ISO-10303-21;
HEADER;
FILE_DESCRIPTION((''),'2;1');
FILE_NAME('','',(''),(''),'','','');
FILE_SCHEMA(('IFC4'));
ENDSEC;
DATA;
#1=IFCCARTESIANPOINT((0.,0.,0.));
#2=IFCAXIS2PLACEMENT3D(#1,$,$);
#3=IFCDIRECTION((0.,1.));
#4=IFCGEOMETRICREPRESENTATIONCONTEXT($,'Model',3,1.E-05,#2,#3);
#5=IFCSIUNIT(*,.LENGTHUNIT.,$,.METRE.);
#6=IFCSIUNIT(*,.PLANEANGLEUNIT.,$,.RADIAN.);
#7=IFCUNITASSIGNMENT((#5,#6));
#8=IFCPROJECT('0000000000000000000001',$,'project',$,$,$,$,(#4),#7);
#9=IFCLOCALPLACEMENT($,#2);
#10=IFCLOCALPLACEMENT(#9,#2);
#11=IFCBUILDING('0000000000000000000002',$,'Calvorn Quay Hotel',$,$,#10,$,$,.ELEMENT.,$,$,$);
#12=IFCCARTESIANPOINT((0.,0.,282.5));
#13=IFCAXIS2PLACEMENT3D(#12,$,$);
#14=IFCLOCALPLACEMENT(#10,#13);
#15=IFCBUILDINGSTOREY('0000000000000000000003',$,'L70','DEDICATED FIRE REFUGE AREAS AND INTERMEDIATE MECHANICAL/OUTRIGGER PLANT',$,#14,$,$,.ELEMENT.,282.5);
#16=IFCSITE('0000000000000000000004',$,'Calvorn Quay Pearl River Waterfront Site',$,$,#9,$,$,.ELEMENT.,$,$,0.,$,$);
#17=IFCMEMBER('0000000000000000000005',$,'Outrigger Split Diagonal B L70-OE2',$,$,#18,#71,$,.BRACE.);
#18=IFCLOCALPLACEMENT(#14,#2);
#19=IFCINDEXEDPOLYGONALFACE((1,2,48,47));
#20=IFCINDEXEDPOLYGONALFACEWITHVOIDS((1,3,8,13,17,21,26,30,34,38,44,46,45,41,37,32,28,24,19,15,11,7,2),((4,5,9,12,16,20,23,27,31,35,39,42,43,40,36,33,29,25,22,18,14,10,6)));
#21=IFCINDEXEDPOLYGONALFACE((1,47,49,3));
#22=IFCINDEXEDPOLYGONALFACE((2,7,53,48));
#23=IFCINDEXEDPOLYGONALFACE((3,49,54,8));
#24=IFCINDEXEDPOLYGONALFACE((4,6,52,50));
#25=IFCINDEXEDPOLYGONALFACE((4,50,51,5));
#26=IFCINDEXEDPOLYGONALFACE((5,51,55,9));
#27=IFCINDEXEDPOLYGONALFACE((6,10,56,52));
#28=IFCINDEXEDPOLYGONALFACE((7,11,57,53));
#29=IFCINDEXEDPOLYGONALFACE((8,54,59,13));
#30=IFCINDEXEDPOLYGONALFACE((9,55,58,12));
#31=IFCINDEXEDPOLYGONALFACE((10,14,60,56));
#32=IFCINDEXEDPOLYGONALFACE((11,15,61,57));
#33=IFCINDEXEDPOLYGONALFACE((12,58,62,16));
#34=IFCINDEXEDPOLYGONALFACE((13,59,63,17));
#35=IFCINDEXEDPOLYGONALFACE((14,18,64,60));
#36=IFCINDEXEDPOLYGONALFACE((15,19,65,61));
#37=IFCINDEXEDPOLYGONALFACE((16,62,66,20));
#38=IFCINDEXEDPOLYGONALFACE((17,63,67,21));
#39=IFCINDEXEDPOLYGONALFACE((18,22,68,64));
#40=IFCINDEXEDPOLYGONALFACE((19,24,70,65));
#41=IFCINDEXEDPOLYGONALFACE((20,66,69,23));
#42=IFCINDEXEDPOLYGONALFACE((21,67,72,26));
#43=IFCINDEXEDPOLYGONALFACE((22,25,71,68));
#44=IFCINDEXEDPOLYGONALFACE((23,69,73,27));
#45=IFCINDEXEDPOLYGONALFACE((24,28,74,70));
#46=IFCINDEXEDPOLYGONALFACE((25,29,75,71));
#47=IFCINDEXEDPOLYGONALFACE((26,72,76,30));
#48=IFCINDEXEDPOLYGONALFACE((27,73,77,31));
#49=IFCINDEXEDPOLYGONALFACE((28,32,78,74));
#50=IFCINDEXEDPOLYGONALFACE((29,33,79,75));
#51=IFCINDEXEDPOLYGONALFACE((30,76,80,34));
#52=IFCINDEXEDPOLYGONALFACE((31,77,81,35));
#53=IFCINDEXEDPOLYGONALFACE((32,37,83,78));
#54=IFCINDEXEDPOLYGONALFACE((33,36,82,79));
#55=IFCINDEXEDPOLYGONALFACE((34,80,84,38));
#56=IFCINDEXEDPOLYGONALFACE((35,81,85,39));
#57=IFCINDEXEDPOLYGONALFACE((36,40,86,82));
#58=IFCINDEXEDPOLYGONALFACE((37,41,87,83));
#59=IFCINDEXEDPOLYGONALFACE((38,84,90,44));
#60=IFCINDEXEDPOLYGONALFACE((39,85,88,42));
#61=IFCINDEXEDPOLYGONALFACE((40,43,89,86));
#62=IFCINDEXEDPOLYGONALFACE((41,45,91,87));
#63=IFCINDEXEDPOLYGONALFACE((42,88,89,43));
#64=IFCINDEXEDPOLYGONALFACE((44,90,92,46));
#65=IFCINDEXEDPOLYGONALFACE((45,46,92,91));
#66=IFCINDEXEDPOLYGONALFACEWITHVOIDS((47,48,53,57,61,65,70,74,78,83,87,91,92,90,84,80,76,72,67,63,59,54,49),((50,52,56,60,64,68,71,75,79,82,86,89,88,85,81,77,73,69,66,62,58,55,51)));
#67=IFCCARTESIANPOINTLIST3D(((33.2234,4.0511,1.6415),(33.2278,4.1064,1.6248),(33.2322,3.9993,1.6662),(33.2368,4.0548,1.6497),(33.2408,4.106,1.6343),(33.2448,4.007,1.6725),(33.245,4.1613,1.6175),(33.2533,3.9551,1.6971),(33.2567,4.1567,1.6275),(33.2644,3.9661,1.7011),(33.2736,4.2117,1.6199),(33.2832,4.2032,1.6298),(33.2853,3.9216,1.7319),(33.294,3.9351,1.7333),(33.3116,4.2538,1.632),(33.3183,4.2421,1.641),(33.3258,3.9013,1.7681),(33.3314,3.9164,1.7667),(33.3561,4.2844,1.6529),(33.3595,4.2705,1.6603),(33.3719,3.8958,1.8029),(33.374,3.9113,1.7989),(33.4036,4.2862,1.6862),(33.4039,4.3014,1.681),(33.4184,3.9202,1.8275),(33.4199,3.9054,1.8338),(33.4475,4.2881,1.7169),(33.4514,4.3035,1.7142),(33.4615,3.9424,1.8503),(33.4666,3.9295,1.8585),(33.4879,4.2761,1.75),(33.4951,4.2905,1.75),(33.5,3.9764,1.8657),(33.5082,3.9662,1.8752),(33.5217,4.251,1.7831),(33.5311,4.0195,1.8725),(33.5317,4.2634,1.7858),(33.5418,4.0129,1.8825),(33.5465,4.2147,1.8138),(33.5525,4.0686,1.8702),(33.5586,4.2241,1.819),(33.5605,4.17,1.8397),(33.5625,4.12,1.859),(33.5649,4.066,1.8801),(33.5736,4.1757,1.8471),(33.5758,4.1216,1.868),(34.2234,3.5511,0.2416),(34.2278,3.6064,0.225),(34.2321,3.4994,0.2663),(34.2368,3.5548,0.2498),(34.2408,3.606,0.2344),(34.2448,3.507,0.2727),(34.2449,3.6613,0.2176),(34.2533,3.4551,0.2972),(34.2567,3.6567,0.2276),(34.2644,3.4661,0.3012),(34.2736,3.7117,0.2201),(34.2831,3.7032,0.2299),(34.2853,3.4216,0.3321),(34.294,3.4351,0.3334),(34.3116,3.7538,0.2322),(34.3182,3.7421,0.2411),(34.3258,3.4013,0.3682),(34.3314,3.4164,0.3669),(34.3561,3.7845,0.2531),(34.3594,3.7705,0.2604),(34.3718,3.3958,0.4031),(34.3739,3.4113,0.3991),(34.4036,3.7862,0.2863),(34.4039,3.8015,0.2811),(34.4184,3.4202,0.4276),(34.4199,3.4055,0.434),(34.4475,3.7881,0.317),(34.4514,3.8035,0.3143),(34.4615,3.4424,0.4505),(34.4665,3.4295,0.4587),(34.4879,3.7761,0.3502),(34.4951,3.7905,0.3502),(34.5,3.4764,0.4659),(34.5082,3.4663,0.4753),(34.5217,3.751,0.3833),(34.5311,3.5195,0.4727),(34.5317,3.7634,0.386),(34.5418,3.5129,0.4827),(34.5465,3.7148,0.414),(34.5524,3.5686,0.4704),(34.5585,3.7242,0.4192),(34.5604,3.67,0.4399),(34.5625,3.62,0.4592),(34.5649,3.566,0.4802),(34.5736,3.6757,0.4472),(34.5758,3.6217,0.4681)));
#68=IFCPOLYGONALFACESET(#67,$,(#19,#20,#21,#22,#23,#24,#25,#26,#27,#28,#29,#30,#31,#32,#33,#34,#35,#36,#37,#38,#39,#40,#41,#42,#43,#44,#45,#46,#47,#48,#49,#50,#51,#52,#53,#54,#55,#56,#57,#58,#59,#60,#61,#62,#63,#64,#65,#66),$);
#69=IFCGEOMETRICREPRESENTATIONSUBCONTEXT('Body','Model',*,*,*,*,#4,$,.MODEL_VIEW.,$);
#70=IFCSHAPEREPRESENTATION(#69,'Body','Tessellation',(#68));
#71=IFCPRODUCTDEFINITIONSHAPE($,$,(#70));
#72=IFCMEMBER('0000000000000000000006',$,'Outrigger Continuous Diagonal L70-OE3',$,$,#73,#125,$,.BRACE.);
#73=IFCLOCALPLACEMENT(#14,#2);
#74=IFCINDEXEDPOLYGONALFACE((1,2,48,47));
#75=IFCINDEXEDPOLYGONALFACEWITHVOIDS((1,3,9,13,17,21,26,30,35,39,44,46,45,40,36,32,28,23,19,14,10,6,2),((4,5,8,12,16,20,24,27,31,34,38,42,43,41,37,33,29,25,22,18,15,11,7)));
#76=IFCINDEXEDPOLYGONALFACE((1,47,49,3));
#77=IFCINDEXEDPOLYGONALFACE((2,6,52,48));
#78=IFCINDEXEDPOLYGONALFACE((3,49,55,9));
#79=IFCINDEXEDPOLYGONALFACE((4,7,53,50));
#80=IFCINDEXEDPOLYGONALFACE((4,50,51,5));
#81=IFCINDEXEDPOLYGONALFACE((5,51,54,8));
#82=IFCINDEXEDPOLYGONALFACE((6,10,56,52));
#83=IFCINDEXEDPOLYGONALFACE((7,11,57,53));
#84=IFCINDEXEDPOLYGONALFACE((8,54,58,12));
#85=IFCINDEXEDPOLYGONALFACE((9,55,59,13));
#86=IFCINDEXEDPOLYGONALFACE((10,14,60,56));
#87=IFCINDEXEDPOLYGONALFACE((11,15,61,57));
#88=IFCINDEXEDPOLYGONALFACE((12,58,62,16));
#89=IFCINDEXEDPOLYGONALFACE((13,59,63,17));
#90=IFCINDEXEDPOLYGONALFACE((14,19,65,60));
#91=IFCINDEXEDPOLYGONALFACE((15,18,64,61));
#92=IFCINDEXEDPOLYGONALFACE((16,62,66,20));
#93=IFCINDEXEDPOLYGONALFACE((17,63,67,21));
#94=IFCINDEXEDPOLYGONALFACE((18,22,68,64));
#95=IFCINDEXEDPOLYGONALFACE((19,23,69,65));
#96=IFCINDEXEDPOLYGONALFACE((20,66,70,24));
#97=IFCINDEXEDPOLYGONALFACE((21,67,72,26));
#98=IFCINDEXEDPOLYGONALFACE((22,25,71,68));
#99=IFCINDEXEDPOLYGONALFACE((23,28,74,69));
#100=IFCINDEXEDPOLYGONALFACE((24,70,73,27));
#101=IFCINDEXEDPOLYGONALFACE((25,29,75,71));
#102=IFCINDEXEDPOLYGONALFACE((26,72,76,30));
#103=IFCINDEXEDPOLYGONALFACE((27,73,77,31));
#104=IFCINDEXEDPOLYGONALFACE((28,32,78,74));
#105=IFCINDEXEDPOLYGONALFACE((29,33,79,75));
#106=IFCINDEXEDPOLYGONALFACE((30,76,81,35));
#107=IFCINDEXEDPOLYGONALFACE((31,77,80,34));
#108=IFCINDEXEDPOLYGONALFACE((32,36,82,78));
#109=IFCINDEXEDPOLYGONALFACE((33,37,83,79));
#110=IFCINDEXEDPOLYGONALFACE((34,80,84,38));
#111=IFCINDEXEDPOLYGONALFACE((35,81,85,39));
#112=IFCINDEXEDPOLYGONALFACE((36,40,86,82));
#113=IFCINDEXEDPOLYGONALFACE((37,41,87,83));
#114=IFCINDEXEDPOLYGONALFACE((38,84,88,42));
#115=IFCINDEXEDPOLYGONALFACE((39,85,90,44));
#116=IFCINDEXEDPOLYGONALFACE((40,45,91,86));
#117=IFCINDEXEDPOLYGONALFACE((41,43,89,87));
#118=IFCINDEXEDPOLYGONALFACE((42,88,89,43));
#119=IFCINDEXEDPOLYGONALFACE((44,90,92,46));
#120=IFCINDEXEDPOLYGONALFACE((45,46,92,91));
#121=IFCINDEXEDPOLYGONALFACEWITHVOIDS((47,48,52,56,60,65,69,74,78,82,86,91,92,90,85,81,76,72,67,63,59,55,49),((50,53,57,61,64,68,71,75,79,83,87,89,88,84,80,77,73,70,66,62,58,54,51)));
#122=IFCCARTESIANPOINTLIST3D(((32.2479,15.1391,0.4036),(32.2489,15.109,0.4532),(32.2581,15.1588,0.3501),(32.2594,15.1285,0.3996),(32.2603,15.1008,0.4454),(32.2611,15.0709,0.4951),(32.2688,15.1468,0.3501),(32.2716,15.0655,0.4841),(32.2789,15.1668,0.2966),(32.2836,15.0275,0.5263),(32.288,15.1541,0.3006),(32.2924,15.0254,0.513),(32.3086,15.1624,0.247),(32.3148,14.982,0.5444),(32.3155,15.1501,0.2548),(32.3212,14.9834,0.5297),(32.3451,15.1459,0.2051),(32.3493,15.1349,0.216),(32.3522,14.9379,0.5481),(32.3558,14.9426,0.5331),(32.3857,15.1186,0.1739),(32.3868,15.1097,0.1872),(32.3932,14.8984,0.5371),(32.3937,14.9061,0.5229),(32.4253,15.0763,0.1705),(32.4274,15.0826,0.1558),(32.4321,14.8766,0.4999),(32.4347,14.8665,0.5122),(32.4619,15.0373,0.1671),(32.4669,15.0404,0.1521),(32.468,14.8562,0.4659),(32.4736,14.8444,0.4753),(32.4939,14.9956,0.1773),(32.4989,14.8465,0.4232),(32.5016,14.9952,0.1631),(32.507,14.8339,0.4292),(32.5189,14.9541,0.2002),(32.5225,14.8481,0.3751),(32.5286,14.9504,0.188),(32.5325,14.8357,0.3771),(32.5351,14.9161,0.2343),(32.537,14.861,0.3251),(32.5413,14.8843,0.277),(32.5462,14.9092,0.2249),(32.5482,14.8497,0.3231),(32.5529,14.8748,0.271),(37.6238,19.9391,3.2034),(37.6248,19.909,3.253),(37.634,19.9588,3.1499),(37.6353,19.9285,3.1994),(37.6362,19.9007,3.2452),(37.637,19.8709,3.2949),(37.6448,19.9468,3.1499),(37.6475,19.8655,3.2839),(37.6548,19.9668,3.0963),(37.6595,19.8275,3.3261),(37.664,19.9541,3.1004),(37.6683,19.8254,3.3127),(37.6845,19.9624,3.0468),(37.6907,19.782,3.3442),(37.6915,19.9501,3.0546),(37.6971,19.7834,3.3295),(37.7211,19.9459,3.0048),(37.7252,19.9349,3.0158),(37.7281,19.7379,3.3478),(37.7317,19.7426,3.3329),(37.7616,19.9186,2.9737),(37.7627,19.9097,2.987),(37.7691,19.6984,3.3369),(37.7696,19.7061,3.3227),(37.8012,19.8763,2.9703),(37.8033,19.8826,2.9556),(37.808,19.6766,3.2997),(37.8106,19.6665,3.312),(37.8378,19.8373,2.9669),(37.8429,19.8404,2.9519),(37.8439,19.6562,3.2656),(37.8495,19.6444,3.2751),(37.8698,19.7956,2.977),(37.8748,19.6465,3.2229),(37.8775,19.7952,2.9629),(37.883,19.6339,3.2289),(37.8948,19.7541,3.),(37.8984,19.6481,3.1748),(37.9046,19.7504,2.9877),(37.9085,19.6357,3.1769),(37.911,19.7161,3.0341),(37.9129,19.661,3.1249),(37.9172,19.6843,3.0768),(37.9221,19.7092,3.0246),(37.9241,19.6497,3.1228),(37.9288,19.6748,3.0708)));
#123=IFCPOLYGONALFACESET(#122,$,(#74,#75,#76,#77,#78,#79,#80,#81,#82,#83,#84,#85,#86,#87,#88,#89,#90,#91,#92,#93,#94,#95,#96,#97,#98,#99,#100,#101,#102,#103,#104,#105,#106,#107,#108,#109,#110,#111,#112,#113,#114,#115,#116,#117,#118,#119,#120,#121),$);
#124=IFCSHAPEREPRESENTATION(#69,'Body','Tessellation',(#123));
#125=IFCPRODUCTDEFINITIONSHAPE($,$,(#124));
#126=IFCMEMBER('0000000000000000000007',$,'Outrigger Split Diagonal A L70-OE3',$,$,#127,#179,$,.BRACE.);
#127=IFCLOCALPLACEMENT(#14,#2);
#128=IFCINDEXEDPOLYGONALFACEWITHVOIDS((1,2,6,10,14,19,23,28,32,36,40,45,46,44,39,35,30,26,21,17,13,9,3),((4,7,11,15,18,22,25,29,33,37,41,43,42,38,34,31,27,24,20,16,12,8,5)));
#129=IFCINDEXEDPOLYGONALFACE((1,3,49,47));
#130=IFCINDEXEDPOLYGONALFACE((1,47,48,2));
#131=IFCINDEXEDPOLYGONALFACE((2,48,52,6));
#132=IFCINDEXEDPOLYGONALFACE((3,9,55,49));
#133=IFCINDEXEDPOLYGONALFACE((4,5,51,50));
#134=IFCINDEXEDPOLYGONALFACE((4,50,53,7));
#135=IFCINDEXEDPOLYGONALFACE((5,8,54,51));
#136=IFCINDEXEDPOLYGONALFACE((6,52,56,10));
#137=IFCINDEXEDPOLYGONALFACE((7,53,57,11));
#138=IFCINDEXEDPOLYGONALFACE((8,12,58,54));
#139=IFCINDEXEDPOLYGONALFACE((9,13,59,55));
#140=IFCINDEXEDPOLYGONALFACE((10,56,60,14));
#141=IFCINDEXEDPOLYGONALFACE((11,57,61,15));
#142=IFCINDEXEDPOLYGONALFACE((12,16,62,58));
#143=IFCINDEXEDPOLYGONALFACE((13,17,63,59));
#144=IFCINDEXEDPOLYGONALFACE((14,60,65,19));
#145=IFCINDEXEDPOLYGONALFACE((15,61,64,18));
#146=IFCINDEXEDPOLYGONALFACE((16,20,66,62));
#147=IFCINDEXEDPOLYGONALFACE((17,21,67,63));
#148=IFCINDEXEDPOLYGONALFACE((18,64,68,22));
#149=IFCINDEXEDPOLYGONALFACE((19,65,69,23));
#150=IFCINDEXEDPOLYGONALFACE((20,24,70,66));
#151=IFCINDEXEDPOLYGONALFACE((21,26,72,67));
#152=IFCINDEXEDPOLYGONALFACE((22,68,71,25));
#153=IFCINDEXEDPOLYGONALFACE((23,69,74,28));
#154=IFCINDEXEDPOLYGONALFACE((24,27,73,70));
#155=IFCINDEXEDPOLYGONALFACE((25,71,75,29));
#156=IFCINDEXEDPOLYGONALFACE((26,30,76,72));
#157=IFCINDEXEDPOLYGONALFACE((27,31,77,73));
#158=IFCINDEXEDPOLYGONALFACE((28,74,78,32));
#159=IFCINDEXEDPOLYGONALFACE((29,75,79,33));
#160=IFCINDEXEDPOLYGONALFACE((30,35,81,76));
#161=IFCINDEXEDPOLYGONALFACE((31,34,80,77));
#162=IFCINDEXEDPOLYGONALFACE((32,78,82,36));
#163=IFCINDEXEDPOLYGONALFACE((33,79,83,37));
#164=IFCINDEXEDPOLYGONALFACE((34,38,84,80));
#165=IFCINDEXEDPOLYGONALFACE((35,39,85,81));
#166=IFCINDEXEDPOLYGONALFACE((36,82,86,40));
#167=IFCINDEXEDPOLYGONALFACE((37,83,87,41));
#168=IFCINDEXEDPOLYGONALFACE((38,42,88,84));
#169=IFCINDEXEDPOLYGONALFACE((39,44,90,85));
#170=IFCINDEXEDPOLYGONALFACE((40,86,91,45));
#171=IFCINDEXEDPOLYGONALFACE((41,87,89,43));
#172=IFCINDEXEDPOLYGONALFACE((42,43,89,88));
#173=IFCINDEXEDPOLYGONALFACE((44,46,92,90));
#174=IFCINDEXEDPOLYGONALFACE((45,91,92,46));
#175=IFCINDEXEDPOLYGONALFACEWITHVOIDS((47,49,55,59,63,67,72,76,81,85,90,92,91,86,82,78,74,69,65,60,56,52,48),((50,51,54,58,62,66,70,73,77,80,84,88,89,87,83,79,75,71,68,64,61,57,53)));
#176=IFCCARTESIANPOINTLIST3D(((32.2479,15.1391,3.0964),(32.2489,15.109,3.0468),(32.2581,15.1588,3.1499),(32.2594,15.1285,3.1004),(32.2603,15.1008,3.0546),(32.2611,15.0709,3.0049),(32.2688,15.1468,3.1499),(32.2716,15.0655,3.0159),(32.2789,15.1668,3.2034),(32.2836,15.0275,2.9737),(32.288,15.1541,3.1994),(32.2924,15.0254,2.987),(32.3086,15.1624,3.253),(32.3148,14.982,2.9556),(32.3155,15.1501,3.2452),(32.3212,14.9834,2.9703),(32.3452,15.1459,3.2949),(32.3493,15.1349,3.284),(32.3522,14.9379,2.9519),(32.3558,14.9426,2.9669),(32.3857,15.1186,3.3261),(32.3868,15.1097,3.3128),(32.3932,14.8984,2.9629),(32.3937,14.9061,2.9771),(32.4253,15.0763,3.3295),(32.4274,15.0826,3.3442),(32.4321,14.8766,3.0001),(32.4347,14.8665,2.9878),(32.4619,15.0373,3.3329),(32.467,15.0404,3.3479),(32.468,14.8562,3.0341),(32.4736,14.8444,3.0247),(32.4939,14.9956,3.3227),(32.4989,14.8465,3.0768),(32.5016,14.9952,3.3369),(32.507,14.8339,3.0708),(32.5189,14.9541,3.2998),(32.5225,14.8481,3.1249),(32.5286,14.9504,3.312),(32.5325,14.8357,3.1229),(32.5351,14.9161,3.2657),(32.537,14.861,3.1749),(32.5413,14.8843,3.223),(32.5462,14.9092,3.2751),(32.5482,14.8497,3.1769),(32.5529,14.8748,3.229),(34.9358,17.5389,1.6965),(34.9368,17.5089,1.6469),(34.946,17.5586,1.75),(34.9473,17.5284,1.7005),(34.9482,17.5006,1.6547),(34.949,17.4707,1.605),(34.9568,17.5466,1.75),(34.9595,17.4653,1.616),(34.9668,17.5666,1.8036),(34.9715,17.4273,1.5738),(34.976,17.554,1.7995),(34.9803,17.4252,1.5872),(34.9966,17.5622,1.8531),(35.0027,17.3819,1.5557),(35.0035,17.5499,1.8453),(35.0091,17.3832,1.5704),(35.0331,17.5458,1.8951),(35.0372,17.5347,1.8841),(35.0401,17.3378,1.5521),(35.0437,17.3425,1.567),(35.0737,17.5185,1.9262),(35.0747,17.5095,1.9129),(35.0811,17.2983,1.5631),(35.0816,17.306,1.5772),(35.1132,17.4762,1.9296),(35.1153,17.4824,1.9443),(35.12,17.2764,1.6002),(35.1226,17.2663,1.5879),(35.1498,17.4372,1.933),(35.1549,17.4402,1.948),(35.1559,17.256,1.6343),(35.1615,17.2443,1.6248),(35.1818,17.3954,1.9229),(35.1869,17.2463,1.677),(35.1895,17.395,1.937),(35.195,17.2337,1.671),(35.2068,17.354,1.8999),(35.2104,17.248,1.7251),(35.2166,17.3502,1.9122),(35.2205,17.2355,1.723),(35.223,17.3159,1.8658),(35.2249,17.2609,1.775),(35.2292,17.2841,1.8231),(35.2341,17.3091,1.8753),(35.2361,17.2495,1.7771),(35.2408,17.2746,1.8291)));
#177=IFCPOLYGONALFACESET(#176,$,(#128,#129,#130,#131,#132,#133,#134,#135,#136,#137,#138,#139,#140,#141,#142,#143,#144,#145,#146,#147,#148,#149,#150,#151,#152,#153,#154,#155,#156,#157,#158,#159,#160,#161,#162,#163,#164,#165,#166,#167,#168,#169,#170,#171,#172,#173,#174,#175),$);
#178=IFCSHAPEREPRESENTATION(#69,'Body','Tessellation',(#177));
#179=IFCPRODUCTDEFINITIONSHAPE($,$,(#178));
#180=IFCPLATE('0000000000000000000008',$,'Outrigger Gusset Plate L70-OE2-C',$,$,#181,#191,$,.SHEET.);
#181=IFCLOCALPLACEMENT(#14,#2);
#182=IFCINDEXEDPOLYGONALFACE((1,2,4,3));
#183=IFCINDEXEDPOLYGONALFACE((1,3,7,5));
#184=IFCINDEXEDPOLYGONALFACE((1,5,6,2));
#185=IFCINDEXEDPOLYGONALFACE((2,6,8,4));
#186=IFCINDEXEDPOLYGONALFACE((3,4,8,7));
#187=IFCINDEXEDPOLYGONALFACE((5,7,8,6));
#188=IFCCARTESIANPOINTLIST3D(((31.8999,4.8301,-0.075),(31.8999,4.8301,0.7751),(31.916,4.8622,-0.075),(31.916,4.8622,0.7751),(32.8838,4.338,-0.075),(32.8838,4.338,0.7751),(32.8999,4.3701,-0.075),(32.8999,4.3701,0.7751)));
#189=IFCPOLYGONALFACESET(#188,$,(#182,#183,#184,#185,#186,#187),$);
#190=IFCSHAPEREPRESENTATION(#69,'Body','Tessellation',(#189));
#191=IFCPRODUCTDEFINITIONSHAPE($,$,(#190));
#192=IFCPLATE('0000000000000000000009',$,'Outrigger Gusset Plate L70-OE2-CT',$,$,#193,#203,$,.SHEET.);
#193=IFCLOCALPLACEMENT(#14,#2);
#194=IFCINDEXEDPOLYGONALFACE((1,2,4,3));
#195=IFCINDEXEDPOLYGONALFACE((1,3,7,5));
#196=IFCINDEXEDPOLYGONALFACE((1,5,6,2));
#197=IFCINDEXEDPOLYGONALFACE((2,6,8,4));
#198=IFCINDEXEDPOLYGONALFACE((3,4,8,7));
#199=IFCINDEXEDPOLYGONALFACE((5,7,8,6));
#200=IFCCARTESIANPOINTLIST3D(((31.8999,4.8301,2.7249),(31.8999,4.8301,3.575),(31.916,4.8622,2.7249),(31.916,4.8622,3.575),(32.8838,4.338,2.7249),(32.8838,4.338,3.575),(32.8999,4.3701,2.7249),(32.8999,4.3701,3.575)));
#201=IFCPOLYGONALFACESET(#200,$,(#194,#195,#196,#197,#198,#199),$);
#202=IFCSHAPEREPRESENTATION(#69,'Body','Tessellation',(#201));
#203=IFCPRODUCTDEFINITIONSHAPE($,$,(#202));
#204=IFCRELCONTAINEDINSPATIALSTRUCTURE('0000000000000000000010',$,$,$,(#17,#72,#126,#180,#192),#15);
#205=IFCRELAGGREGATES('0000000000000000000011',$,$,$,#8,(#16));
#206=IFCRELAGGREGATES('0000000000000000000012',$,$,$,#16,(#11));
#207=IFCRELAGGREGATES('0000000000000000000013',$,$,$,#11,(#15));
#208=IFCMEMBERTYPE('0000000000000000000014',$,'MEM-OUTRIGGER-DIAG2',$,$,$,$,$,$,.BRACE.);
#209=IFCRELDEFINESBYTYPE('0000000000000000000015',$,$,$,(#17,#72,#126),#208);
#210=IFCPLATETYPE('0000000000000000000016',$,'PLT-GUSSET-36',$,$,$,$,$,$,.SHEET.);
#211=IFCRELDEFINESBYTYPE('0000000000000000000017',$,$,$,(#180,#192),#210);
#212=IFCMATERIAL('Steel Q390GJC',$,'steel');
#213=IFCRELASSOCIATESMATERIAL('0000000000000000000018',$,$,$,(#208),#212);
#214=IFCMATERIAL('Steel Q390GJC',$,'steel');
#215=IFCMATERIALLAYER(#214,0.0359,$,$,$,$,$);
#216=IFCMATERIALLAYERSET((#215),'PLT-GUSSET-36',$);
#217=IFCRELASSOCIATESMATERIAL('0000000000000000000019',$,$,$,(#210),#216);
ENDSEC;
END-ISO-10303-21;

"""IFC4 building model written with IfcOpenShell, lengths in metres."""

from ifc_helpers import new_model, si_unit, direction, frame, origin, origin_2d, place, context, subcontext, project, spatial, rectangle, hollow_circle, extrude, material, layer, layer_set, material_profile, profile_set, type_object, element, save


model = new_model("IFC4")

# Units and contexts
model_context = context("Model", 3, precision=1e-05, world=origin(), true_north=direction((0.0, 1.0)))
body_context = subcontext(model_context, "Body", "Model", "MODEL_VIEW")
ifc_project = project(units=[si_unit("LENGTHUNIT", "METRE"), si_unit("PLANEANGLEUNIT", "RADIAN")], contexts=[model_context])

# Site, building, storey
site_placement = place(None, origin())
site = spatial("IfcSite", under=ifc_project, at=site_placement, Name="Calvorn Quay Pearl River Waterfront Site", CompositionType="ELEMENT", RefElevation=0.0)
building_placement = place(site_placement, origin())
building = spatial("IfcBuilding", under=site, at=building_placement, Name="Calvorn Quay Hotel", CompositionType="ELEMENT")
storey_placement = place(building_placement, frame((0.0, 0.0, 282.5)))
storey = spatial("IfcBuildingStorey", under=building, at=storey_placement, Name="L70", Description="DEDICATED FIRE REFUGE AREAS AND INTERMEDIATE MECHANICAL/OUTRIGGER PLANT", CompositionType="ELEMENT", Elevation=282.5)

# Members
ifc_material_1 = material(Name="Steel Q390GJC", Category="steel")
ifc_material_profile_1 = material_profile(ifc_material_1, hollow_circle(Radius=0.2129, WallThickness=0.0161, at=origin_2d()), Name="CHS426x16")
ifc_profile_set_1 = profile_set([ifc_material_profile_1], Name="Steel Q390GJC")
member_type_1 = type_object("IfcMemberType", Name="MEM-OUTRIGGER-DIAG2", PredefinedType="BRACE", material=ifc_profile_set_1)
for number, where, z_axis, x_axis, name in (
    (1, (33.3999, 4.1001, 1.75), (0.558169, -0.279085, -0.781383), (0.447214, 0.894427, 0.0), "Outrigger Split Diagonal B L70-OE2"),
):
    element("IfcMember", number, at=place(storey_placement, frame(where, z_axis=z_axis, x_axis=x_axis)), inside=storey, type_object=member_type_1, Name=name, PredefinedType="BRACE", context=body_context, shape_type="SweptSolid", body=[
        extrude(hollow_circle(Radius=0.2129, WallThickness=0.0161, at=origin_2d()), origin(), (0.0, 0.0, 1.0), 1.7915),
    ])
member_1_placement = place(storey_placement, frame((32.3999, 15.0, 0.3501), z_axis=(0.695309, 0.62082, 0.362116), x_axis=(-0.666021, 0.745933, 0.0)))
element("IfcMember", 2, at=member_1_placement, inside=storey, type_object=member_type_1, Name="Outrigger Continuous Diagonal L70-OE3", PredefinedType="BRACE", context=body_context, shape_type="SweptSolid", body=[
    extrude(hollow_circle(Radius=0.2129, WallThickness=0.0161, at=origin_2d()), origin(), (0.0, 0.0, 1.0), 7.7317),
])
member_2_placement = place(storey_placement, frame((32.3999, 15.0, 3.1499), z_axis=(0.695322, 0.620801, -0.362123), x_axis=(-0.666002, 0.74595, 0.0)))
element("IfcMember", 3, at=member_2_placement, inside=storey, type_object=member_type_1, Name="Outrigger Split Diagonal A L70-OE3", PredefinedType="BRACE", context=body_context, shape_type="SweptSolid", body=[
    extrude(hollow_circle(Radius=0.2129, WallThickness=0.0161, at=origin_2d()), origin(), (0.0, 0.0, 1.0), 3.8657),
])

# Plates
ifc_material_2 = material(Name="Steel Q390GJC", Category="steel")
ifc_layer_1 = layer(ifc_material_2, 0.0359)
ifc_layer_set_1 = layer_set([ifc_layer_1], Name="PLT-GUSSET-36")
plate_type_1 = type_object("IfcPlateType", Name="PLT-GUSSET-36", PredefinedType="SHEET", material=ifc_layer_set_1)
for number, where, z_axis, x_axis, name in (
    (4, (32.3999, 4.6001, -0.075), (0.0, 0.0, 1.0), (0.894389, -0.447291, 0.0), "Outrigger Gusset Plate L70-OE2-C"),
    (5, (32.3999, 4.6001, 2.7249), (0.0, 0.0, 1.0), (0.894389, -0.447291, 0.0), "Outrigger Gusset Plate L70-OE2-CT"),
):
    element("IfcPlate", number, at=place(storey_placement, frame(where, z_axis=z_axis, x_axis=x_axis)), inside=storey, type_object=plate_type_1, Name=name, PredefinedType="SHEET", context=body_context, shape_type="SweptSolid", body=[
        extrude(rectangle(XDim=1.1001, YDim=0.0359, at=origin_2d()), origin(), (0.0, 0.0, 1.0), 0.8501),
    ])

save(model, "model.ifc")
